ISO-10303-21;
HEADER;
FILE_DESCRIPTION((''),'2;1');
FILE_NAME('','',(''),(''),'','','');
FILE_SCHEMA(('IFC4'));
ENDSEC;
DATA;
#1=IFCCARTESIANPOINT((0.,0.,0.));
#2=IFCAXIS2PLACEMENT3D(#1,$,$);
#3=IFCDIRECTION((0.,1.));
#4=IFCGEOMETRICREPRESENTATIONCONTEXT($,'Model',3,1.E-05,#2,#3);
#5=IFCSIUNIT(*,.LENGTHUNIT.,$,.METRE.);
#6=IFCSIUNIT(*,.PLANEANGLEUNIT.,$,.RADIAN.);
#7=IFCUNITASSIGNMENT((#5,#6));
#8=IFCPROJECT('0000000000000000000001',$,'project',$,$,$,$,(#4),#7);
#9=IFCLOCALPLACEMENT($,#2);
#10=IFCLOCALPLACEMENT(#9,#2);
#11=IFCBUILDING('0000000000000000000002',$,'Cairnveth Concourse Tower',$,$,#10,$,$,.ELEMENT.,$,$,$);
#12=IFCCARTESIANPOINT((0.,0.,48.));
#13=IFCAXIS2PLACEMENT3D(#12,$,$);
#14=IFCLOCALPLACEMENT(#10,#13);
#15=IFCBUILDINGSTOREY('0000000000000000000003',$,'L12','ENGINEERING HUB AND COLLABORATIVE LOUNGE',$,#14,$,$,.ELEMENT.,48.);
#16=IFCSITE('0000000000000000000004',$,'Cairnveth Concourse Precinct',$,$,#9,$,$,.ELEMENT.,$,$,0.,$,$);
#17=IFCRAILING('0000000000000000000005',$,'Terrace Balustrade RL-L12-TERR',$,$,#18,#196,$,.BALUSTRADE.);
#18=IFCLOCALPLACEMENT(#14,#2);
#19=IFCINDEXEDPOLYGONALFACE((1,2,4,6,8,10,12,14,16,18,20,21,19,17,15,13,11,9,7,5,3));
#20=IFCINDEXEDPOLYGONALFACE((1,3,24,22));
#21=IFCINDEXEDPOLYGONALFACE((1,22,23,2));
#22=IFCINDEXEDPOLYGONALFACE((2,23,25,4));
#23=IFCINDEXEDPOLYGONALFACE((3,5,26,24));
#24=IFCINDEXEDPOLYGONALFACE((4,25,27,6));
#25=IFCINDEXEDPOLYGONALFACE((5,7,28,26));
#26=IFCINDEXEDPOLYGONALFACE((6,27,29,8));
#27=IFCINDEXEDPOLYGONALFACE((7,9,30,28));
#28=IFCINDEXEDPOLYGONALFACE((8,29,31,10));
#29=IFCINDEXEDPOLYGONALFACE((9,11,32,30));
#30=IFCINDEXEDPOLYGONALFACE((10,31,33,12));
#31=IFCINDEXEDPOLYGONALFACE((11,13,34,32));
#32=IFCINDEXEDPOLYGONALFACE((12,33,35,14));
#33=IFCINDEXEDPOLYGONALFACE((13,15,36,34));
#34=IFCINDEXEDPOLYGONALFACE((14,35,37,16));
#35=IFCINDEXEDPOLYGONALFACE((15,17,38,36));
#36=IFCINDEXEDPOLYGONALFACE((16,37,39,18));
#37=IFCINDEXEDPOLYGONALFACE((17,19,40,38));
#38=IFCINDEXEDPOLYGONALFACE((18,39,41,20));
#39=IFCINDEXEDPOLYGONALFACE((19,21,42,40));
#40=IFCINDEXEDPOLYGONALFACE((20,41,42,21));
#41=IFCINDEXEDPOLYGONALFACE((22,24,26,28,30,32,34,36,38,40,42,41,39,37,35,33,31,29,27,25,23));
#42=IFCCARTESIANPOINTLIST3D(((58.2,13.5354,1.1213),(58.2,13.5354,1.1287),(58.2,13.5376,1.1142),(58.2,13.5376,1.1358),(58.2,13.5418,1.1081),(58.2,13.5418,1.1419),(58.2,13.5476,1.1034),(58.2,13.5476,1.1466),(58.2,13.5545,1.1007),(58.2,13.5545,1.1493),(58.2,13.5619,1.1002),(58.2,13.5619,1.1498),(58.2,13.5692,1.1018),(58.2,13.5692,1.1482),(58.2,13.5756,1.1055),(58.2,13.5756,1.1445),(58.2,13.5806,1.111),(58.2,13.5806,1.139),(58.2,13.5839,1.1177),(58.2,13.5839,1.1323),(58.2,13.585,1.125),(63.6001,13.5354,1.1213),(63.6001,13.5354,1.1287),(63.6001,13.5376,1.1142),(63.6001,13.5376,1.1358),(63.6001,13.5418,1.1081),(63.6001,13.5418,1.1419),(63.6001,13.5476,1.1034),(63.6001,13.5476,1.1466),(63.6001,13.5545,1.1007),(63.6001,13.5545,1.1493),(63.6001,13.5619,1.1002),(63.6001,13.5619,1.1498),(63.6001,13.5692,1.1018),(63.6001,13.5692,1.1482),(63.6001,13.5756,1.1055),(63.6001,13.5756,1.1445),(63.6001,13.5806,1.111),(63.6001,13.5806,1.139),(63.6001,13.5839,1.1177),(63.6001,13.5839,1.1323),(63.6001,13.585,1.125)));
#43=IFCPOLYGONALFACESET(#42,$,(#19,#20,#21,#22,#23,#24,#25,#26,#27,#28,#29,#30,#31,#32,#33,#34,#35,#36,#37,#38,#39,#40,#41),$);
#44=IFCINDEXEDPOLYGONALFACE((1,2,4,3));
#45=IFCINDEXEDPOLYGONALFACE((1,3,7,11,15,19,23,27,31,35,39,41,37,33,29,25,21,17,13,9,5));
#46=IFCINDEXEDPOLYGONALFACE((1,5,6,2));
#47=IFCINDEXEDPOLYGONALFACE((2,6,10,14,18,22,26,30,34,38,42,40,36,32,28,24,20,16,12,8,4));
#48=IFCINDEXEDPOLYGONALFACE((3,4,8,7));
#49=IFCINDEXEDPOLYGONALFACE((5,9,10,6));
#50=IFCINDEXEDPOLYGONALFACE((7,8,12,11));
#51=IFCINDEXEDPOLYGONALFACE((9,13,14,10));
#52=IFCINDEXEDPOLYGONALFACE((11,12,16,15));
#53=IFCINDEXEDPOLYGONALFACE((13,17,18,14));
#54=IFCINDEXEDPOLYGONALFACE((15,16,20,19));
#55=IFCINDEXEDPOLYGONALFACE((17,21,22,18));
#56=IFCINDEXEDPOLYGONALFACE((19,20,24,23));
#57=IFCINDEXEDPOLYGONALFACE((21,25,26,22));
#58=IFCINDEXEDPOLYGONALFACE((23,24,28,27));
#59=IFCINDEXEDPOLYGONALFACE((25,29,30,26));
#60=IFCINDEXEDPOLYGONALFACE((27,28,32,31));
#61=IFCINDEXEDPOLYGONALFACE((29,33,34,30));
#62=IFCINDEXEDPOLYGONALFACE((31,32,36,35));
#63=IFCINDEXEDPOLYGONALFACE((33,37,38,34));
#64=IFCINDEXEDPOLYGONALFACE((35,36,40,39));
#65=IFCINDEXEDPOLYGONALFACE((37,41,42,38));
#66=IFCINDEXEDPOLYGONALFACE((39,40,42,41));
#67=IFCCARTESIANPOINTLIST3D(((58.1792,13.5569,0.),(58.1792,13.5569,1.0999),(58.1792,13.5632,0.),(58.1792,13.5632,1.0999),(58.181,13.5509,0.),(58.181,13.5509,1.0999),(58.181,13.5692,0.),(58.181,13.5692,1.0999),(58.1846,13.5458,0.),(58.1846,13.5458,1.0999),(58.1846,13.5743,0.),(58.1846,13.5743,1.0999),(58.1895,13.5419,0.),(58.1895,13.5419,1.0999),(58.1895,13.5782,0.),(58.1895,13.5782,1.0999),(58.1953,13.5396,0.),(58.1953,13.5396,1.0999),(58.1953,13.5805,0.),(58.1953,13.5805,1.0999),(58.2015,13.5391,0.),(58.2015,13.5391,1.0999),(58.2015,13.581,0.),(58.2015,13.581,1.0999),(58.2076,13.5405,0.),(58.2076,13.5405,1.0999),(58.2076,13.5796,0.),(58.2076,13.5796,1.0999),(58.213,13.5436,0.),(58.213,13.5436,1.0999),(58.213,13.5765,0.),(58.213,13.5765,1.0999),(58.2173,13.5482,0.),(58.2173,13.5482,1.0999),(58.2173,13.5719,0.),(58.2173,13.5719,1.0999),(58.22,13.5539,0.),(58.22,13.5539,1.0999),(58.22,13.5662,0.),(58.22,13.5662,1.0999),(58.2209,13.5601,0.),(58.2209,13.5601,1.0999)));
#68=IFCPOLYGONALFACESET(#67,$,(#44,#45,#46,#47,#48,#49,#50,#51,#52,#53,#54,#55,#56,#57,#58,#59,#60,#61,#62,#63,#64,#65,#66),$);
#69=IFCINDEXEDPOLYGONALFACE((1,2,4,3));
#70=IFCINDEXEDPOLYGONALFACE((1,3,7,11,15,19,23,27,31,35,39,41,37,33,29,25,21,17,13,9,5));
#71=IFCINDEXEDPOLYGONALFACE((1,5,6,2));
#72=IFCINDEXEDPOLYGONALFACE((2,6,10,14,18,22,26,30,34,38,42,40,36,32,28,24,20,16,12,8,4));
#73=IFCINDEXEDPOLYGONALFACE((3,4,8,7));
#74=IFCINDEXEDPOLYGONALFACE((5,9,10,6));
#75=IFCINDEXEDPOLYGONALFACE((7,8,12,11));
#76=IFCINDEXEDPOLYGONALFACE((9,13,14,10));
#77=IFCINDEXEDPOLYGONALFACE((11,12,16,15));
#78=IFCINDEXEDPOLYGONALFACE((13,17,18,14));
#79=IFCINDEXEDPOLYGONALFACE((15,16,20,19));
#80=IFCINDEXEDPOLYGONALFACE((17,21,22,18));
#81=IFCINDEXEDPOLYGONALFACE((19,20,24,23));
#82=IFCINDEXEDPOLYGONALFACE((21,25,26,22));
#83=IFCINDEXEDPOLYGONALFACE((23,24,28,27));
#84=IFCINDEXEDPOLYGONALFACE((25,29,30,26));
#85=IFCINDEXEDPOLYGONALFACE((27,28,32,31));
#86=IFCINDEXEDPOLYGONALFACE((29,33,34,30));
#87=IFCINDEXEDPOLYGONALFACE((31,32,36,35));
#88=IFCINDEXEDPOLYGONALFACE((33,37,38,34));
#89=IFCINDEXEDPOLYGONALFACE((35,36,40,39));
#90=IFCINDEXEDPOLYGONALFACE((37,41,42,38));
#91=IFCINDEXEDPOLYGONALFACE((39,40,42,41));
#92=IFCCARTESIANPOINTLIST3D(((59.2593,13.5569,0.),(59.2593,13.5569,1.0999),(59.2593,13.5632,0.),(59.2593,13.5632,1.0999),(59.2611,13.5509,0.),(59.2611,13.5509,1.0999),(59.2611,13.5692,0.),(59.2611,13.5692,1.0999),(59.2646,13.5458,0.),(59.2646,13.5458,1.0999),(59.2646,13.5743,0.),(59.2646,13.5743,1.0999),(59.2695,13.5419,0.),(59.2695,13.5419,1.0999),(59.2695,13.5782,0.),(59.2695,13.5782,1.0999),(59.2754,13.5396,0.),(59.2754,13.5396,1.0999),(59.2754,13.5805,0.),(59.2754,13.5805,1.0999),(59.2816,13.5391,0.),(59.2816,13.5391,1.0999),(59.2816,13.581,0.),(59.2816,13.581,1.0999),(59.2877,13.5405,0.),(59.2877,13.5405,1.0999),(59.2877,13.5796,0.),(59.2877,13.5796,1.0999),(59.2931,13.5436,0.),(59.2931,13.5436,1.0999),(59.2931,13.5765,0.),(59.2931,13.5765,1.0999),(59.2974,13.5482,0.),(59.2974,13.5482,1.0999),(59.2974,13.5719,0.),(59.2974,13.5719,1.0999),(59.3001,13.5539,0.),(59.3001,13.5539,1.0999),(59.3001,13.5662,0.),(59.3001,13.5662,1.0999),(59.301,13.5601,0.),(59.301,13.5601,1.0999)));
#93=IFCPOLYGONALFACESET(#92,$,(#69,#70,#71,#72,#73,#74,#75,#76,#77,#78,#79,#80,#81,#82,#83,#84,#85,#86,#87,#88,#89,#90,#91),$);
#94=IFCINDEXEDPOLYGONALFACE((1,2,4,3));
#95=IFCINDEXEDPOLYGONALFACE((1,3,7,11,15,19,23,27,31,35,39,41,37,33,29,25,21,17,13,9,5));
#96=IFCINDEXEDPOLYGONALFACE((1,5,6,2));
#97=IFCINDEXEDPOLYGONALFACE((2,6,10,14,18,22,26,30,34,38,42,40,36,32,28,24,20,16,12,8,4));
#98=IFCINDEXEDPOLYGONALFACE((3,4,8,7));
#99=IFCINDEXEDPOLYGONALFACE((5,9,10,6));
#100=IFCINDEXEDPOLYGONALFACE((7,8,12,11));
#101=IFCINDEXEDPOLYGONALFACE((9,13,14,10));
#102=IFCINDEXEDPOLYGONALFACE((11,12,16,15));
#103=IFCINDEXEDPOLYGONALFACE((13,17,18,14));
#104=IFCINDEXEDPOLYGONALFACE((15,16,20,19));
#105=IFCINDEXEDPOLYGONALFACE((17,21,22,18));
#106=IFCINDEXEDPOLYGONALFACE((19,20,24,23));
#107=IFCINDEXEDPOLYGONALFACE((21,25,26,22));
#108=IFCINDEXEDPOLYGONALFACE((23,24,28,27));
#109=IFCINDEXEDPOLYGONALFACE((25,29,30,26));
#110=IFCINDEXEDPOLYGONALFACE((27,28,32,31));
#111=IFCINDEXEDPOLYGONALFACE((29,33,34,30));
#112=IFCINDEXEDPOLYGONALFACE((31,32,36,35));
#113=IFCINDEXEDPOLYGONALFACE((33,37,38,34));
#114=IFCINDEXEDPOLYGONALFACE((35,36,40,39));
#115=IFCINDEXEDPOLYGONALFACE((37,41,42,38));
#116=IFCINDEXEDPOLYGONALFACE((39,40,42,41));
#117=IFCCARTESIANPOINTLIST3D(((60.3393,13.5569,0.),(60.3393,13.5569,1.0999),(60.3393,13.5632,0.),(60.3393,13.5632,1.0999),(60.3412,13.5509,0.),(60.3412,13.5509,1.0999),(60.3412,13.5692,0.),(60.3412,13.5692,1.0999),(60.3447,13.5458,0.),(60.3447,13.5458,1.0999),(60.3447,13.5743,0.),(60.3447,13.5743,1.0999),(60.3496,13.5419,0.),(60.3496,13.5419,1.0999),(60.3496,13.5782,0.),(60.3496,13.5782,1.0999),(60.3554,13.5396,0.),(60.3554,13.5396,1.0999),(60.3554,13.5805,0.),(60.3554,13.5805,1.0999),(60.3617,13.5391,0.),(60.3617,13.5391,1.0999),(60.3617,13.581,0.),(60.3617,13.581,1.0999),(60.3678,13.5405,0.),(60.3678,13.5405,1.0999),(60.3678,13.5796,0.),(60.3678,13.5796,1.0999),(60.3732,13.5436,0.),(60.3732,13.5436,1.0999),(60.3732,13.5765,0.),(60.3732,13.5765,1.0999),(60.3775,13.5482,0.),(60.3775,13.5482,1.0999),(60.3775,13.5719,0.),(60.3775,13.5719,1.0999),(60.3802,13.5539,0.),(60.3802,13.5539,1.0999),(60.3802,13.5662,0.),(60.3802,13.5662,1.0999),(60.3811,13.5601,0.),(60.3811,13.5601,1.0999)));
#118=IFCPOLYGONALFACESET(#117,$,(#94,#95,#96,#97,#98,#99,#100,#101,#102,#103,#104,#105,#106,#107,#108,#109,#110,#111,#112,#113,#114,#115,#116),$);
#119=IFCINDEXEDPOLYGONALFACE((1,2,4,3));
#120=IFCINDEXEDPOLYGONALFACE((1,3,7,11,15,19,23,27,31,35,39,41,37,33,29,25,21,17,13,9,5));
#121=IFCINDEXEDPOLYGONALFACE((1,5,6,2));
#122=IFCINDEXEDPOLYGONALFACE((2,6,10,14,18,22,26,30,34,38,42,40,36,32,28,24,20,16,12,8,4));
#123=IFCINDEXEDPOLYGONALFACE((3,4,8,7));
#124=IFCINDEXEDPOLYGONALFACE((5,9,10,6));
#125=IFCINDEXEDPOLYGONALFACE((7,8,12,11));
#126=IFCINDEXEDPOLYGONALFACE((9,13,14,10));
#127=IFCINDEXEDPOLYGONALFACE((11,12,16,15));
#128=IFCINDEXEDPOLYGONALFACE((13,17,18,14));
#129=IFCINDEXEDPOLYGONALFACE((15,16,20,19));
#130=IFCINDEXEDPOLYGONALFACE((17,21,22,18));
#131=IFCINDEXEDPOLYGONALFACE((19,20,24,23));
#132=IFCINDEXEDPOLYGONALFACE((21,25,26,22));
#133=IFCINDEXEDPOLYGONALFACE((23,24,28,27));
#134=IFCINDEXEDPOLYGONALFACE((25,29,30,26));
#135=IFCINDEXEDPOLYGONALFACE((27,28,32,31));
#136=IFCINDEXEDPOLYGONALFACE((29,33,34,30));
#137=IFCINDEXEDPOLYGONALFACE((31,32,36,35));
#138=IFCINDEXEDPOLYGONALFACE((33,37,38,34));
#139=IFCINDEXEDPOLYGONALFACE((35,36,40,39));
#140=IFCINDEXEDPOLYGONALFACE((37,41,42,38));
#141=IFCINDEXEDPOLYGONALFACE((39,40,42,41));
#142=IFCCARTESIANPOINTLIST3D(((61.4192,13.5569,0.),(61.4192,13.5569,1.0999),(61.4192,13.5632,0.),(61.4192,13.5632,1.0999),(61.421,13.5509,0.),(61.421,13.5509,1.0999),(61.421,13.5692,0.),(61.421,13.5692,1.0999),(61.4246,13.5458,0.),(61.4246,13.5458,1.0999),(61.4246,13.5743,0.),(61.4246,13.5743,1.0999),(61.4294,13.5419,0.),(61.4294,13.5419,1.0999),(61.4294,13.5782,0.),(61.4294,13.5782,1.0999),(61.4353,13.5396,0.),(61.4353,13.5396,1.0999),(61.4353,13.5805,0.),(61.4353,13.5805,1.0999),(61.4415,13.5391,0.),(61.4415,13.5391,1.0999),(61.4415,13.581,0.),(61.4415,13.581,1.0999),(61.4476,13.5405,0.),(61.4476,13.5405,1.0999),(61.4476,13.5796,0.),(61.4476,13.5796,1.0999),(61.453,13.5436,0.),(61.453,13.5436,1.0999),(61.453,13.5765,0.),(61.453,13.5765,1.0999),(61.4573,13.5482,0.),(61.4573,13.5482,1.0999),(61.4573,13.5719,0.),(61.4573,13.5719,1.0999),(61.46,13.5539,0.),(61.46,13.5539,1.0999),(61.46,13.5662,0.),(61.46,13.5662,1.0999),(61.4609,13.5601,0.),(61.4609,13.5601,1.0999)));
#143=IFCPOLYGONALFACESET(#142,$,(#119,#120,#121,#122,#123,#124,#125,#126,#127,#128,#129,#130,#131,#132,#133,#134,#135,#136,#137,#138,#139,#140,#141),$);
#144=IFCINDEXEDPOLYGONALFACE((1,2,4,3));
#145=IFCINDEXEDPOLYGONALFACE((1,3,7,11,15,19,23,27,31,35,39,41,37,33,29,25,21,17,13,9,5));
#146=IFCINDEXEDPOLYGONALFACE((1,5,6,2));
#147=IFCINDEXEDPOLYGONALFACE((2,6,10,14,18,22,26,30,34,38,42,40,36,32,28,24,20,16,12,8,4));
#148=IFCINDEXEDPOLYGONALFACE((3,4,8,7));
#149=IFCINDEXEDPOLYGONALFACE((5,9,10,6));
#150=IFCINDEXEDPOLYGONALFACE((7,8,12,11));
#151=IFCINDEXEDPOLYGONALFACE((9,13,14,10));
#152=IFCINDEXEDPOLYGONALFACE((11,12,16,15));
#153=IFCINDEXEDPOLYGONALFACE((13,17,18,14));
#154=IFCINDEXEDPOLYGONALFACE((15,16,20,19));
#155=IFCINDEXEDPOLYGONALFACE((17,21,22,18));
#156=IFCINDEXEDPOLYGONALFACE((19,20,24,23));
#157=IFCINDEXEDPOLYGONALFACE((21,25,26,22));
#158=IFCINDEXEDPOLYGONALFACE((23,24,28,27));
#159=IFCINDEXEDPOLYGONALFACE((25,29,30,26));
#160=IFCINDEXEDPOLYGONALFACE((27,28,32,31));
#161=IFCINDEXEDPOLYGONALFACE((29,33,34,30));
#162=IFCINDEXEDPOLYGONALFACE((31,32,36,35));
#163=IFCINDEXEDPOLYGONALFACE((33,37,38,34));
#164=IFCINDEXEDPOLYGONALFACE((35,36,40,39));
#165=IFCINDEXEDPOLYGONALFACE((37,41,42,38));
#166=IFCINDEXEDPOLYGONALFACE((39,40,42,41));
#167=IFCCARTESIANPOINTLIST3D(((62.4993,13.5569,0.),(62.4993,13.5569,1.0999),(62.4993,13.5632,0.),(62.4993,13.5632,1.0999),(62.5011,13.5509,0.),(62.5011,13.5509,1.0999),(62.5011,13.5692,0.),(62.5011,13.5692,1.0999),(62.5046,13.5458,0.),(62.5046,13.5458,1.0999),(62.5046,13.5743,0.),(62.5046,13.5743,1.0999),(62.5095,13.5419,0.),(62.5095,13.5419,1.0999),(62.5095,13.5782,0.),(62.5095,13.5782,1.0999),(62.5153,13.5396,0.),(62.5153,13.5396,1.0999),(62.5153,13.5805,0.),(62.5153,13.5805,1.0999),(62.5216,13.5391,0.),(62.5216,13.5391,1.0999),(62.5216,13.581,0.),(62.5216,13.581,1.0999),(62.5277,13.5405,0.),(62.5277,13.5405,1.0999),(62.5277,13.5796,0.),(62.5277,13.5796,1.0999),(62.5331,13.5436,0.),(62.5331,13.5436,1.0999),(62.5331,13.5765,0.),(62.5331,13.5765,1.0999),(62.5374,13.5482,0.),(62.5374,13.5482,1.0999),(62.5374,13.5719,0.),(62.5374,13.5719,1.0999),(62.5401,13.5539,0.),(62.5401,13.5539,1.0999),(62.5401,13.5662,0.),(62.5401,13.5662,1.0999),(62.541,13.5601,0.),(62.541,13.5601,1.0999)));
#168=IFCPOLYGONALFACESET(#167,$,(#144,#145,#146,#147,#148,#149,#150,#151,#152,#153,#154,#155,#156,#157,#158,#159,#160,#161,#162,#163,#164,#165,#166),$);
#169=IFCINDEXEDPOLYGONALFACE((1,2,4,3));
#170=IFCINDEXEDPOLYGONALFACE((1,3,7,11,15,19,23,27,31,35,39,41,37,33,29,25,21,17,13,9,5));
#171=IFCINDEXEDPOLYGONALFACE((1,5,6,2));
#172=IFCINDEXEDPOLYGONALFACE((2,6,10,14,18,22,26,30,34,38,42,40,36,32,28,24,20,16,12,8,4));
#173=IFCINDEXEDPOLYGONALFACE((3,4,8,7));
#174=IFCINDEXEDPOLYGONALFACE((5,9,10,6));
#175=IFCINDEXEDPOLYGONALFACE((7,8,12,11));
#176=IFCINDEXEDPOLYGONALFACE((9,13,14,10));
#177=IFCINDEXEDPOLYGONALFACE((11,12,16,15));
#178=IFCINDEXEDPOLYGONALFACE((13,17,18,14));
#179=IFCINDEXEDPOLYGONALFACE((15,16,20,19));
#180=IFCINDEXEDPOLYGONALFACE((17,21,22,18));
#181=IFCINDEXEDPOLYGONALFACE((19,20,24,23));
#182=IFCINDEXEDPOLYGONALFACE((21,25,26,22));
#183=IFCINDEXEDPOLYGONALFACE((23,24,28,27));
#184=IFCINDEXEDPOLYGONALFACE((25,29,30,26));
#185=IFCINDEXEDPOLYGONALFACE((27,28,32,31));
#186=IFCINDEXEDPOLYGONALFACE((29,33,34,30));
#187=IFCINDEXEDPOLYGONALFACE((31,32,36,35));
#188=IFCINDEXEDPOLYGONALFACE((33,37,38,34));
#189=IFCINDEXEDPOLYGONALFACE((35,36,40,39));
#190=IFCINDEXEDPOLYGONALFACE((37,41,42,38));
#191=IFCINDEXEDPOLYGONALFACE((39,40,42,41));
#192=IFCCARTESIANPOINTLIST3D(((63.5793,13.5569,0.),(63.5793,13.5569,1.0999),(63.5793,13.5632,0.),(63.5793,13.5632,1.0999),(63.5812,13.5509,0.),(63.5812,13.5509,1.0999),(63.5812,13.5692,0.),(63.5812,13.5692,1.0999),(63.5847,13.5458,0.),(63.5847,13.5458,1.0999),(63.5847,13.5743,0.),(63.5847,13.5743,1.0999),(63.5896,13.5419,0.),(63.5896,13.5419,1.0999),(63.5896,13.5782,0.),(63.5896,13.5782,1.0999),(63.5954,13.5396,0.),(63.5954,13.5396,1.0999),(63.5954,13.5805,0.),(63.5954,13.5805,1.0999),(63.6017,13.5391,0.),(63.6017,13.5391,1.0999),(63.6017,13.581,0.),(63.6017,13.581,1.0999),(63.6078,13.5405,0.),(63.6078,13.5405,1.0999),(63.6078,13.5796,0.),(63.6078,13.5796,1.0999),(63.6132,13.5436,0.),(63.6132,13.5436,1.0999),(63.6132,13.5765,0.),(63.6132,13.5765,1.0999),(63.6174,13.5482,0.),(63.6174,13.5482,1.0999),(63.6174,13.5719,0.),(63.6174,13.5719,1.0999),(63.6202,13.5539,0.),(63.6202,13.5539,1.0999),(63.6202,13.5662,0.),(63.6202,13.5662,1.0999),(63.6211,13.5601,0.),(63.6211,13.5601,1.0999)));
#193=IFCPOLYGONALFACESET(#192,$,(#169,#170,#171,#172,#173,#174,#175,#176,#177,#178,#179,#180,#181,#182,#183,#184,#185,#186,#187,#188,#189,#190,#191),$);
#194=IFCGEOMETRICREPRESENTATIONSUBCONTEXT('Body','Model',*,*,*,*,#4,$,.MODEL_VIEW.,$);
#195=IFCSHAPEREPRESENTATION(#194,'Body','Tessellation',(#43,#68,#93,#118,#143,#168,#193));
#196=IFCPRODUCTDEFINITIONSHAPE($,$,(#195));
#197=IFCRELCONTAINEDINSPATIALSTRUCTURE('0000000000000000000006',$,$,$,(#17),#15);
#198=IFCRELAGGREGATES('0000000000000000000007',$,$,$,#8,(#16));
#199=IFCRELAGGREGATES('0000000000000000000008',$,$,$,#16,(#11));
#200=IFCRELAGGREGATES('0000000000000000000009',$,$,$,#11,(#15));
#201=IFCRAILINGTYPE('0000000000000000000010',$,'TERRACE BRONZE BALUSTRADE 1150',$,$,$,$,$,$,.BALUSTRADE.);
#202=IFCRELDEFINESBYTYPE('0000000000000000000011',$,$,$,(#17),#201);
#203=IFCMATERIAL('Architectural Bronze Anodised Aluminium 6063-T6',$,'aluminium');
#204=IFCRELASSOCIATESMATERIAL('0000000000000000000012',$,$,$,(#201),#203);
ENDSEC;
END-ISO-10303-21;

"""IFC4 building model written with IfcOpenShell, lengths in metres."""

from ifc_helpers import new_model, si_unit, direction, frame, origin, origin_2d, place, context, subcontext, project, spatial, circle, extrude, material, type_object, element, save


model = new_model("IFC4")

# Units and contexts
model_context = context("Model", 3, precision=1e-05, world=origin(), true_north=direction((0.0, 1.0)))
body_context = subcontext(model_context, "Body", "Model", "MODEL_VIEW")
ifc_project = project(units=[si_unit("LENGTHUNIT", "METRE"), si_unit("PLANEANGLEUNIT", "RADIAN")], contexts=[model_context])

# Site, building, storey
site_placement = place(None, origin())
site = spatial("IfcSite", under=ifc_project, at=site_placement, Name="Cairnveth Concourse Precinct", CompositionType="ELEMENT", RefElevation=0.0)
building_placement = place(site_placement, origin())
building = spatial("IfcBuilding", under=site, at=building_placement, Name="Cairnveth Concourse Tower", CompositionType="ELEMENT")
storey_placement = place(building_placement, frame((0.0, 0.0, 48.0)))
storey = spatial("IfcBuildingStorey", under=building, at=storey_placement, Name="L12", Description="ENGINEERING HUB AND COLLABORATIVE LOUNGE", CompositionType="ELEMENT", Elevation=48.0)

# Shared definitions
ifc_material_1 = material(Name="Architectural Bronze Anodised Aluminium 6063-T6", Category="aluminium")

# Railing
railing_type = type_object("IfcRailingType", Name="TERRACE BRONZE BALUSTRADE 1150", PredefinedType="BALUSTRADE", material=ifc_material_1)
railing_placement = place(storey_placement, frame((58.2, 13.5601, 0.0)))
element("IfcRailing", 1, at=railing_placement, inside=storey, type_object=railing_type, Name="Terrace Balustrade RL-L12-TERR", PredefinedType="BALUSTRADE", context=body_context, shape_type="SweptSolid", body=[
    extrude(circle(Radius=0.0249, at=origin_2d()), frame((0.0, 0.0, 1.125), z_axis=(1.0, 0.0, 0.0), x_axis=(0.0, 1.0, 0.0)), (0.0, 0.0, 1.0), 5.4001),
    extrude(circle(Radius=0.021, at=origin_2d()), origin(), (0.0, 0.0, 1.0), 1.0999),
    extrude(circle(Radius=0.021, at=origin_2d()), frame((1.0801, 0.0, 0.0)), (0.0, 0.0, 1.0), 1.0999),
    extrude(circle(Radius=0.021, at=origin_2d()), frame((2.1602, 0.0, 0.0)), (0.0, 0.0, 1.0), 1.0999),
    extrude(circle(Radius=0.021, at=origin_2d()), frame((3.24, 0.0, 0.0)), (0.0, 0.0, 1.0), 1.0999),
    extrude(circle(Radius=0.021, at=origin_2d()), frame((4.3201, 0.0, 0.0)), (0.0, 0.0, 1.0), 1.0999),
    extrude(circle(Radius=0.021, at=origin_2d()), frame((5.4001, 0.0, 0.0)), (0.0, 0.0, 1.0), 1.0999),
])

save(model, "model.ifc")
